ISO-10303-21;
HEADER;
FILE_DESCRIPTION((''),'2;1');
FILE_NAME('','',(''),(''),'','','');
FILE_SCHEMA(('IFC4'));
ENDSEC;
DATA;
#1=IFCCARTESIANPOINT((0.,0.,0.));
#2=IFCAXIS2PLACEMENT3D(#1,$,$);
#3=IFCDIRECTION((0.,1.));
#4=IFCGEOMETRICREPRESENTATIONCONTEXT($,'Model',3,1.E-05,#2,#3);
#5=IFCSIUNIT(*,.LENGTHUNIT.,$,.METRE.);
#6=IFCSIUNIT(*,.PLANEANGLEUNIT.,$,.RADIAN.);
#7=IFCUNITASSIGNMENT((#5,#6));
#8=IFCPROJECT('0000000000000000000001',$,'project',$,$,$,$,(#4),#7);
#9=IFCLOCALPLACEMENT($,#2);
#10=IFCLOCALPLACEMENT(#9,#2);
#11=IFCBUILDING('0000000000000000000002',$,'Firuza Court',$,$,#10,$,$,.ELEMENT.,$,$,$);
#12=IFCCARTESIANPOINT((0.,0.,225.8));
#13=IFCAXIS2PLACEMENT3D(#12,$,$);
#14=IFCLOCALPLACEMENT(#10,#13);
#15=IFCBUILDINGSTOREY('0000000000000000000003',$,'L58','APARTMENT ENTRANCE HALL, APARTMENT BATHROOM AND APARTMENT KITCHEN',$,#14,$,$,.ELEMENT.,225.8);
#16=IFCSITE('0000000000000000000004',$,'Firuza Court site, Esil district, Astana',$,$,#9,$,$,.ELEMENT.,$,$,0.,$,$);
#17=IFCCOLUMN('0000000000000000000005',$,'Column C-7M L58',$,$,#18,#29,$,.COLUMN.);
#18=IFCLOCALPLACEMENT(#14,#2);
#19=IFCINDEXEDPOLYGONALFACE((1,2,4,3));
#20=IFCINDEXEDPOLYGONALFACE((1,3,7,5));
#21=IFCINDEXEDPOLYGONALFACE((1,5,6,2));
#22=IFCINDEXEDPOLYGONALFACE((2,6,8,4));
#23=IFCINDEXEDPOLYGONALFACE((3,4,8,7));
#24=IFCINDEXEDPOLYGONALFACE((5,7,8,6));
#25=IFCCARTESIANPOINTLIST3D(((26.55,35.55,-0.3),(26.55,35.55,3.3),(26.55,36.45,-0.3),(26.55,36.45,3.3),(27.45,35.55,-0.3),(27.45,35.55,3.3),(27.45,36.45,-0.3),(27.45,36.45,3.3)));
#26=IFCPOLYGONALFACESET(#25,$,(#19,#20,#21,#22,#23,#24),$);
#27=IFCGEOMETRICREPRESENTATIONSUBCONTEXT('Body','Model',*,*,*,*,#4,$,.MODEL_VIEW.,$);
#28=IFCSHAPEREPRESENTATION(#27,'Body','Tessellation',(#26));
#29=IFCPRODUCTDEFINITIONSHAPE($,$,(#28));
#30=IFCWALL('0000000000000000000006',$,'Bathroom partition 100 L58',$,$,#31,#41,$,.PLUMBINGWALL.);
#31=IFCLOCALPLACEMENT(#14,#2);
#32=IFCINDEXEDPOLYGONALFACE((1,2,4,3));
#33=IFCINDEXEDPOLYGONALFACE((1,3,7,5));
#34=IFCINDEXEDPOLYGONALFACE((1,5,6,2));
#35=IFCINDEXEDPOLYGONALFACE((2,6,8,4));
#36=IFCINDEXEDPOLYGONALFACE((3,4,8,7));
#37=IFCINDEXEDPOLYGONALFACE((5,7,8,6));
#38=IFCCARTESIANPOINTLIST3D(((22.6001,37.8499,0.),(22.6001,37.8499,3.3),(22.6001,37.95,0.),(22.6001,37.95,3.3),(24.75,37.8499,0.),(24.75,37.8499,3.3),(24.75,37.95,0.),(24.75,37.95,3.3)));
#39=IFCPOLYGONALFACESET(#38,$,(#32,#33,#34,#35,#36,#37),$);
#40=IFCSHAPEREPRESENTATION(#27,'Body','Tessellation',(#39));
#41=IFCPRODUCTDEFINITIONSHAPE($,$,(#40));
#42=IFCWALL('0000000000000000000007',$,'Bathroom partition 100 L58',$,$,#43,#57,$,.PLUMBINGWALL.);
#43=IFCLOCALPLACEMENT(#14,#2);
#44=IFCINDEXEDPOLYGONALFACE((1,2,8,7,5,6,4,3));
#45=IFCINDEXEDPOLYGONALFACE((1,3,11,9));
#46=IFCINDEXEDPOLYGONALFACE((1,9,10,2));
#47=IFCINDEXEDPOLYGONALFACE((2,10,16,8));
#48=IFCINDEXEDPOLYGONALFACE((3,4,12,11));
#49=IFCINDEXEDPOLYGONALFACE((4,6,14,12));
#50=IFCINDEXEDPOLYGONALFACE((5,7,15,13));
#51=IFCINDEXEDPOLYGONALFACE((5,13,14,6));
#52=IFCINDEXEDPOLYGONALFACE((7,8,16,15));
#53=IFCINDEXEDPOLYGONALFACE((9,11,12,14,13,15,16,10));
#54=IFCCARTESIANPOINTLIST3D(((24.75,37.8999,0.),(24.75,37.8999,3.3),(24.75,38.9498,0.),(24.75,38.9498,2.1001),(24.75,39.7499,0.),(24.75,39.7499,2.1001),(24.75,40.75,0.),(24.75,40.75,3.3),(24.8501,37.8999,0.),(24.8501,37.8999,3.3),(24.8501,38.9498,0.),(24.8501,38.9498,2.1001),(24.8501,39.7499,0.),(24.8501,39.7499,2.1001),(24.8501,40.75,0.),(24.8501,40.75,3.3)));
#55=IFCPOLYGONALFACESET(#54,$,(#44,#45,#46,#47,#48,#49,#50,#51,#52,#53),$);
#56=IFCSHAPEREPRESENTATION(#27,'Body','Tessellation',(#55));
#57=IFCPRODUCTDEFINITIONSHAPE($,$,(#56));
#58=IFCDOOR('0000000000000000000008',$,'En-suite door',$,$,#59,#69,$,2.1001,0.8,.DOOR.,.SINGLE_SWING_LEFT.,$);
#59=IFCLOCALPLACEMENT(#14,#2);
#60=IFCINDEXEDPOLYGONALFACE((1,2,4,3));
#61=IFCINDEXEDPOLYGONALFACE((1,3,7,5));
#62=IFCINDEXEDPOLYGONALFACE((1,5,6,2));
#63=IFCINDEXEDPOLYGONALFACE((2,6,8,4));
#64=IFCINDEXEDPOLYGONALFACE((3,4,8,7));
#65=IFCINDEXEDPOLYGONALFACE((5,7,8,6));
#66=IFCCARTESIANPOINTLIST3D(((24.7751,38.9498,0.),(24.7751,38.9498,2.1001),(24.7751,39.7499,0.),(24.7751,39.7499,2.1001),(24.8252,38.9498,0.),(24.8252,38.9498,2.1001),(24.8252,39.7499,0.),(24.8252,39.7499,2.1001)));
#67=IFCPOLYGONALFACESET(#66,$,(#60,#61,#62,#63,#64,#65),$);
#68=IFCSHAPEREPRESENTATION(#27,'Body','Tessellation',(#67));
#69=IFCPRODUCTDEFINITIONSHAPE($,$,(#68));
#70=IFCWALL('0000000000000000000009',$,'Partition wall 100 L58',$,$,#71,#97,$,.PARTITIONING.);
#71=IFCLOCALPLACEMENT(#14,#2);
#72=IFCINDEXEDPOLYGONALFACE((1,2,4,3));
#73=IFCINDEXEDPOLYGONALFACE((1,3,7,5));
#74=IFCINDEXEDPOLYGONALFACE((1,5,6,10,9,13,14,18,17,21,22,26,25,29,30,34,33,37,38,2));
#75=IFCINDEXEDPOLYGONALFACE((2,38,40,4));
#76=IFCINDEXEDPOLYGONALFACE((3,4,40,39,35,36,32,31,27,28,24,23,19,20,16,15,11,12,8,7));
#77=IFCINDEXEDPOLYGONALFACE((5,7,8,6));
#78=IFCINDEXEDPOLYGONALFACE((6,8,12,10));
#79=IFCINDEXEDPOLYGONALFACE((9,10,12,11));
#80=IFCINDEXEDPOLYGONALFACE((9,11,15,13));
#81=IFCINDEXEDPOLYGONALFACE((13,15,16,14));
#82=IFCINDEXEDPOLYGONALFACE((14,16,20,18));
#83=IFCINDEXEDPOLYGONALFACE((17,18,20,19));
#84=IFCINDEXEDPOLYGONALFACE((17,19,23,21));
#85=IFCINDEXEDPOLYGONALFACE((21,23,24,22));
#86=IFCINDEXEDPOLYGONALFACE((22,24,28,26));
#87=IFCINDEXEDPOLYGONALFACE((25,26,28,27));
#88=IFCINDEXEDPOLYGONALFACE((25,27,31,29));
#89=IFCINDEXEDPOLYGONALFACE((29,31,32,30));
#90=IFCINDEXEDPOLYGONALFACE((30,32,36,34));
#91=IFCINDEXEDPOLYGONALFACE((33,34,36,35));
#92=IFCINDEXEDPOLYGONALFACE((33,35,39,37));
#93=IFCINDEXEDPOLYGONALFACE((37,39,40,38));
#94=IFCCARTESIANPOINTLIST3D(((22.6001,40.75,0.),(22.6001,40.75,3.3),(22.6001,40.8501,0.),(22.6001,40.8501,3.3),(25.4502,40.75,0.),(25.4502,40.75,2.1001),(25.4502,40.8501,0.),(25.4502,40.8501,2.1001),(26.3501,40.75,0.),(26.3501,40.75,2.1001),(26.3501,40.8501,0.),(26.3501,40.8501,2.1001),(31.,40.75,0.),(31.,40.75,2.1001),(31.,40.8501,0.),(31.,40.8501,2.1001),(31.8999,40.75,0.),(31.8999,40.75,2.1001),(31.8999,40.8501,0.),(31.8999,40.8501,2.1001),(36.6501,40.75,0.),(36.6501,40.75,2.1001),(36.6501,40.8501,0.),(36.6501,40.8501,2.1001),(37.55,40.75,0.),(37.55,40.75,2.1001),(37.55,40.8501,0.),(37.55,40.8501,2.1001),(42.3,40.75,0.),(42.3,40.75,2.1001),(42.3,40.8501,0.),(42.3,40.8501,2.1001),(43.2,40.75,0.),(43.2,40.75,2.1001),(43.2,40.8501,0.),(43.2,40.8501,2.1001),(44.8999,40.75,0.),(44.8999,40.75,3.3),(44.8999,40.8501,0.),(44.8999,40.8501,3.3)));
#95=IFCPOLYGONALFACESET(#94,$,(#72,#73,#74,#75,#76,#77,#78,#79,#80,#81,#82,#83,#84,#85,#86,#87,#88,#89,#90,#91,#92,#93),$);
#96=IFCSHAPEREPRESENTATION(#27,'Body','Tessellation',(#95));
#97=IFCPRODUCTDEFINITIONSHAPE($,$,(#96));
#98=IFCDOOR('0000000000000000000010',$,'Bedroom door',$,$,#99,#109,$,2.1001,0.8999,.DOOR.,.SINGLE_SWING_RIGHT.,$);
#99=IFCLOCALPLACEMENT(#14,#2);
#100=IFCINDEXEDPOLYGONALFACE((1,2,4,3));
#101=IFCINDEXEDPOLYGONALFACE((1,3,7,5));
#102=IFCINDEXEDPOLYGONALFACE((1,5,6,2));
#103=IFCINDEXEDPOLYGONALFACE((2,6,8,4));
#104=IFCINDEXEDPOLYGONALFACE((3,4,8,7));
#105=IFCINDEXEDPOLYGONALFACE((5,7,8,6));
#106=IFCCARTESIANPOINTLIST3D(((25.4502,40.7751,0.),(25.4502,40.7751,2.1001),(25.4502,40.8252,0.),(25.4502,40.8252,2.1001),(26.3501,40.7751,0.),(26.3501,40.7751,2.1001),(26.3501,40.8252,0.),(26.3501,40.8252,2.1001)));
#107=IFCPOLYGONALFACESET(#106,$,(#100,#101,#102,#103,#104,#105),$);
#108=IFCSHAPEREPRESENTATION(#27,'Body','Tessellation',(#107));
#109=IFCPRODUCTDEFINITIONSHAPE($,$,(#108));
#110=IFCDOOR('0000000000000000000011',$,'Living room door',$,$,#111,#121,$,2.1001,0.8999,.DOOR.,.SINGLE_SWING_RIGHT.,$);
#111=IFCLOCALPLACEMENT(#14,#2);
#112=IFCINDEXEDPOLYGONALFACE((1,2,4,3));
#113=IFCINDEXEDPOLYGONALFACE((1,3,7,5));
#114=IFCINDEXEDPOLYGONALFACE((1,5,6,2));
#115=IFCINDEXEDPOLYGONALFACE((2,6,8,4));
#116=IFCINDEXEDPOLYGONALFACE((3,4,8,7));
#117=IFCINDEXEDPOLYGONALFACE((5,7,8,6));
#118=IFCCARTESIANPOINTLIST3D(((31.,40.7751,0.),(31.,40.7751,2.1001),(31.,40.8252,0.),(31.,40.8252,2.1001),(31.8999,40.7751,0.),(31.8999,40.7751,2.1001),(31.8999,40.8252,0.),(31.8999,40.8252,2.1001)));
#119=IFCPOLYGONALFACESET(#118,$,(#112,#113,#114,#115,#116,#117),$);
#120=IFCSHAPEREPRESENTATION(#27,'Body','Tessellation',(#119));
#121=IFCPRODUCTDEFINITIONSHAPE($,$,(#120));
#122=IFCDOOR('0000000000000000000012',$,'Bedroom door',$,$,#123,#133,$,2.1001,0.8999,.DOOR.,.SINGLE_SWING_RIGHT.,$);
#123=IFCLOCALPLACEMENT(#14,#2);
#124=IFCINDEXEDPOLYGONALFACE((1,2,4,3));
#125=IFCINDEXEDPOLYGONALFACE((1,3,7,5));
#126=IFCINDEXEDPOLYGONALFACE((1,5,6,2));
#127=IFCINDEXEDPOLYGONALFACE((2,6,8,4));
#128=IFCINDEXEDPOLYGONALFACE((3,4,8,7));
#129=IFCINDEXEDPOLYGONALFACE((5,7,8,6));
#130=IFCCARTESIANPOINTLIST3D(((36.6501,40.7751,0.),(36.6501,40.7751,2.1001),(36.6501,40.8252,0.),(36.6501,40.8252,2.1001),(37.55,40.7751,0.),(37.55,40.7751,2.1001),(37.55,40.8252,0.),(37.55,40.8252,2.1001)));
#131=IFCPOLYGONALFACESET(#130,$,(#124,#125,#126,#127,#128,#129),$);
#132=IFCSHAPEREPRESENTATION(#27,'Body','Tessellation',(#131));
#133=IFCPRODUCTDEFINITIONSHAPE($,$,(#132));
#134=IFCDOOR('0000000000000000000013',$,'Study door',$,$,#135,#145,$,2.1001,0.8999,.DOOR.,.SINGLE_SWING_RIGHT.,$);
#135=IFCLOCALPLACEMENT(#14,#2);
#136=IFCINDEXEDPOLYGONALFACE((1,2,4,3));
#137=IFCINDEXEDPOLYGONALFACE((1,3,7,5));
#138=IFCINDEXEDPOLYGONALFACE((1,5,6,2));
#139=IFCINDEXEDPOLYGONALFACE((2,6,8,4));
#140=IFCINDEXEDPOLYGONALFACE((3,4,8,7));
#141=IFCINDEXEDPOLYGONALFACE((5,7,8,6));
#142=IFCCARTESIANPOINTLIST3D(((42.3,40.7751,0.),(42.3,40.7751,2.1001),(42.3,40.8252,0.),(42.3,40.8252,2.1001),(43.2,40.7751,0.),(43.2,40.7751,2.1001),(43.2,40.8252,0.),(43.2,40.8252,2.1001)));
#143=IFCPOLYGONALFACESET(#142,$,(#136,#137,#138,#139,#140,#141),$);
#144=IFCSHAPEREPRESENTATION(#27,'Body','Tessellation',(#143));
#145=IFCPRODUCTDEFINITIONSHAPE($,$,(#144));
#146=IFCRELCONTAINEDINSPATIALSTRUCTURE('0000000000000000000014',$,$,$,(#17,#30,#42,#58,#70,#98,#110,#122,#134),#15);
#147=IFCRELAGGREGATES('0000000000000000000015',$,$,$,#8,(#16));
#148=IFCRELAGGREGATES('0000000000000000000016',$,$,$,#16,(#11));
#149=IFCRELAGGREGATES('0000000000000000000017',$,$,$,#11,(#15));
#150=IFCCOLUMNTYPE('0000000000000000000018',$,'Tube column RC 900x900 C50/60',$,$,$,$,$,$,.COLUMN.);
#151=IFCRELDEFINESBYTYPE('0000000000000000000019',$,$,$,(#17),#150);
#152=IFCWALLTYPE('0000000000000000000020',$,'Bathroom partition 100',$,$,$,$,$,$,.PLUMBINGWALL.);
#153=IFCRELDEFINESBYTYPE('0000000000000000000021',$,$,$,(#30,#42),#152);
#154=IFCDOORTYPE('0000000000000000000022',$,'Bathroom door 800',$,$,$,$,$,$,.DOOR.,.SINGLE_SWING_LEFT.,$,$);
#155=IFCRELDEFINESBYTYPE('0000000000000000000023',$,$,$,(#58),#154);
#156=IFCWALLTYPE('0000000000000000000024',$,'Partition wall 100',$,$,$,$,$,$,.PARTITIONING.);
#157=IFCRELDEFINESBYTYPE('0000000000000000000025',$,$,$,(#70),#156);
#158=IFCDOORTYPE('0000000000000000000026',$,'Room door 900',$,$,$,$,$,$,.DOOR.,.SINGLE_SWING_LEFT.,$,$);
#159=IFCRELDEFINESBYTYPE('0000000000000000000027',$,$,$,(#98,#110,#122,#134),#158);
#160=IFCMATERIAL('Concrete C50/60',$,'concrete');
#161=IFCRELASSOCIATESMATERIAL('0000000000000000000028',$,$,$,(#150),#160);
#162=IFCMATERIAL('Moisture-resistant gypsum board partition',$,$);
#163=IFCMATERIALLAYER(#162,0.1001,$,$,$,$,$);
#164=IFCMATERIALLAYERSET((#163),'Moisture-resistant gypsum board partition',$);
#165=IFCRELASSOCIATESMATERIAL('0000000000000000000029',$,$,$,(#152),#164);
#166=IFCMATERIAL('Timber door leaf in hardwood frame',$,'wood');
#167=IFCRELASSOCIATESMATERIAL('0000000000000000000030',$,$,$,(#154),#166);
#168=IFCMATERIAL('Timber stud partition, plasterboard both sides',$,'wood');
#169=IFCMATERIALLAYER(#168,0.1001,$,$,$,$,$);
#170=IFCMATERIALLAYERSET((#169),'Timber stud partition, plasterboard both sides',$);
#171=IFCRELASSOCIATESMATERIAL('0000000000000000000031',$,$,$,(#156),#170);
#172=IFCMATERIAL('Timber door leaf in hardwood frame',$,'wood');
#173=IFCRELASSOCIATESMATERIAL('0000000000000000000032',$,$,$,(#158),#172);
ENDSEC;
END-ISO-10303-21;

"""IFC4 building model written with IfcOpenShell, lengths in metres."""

from ifc_helpers import new_model, si_unit, direction, frame, frame_2d, origin, origin_2d, place, context, subcontext, project, spatial, rectangle, extrude, material, layer, layer_set, material_profile, profile_set, type_object, element, fill, save


model = new_model("IFC4")

# Units and contexts
model_context = context("Model", 3, precision=1e-05, world=origin(), true_north=direction((0.0, 1.0)))
body_context = subcontext(model_context, "Body", "Model", "MODEL_VIEW")
ifc_project = project(units=[si_unit("LENGTHUNIT", "METRE"), si_unit("PLANEANGLEUNIT", "RADIAN")], contexts=[model_context])

# Site, building, storey
site_placement = place(None, origin())
site = spatial("IfcSite", under=ifc_project, at=site_placement, Name="Firuza Court site, Esil district, Astana", CompositionType="ELEMENT", RefElevation=0.0)
building_placement = place(site_placement, origin())
building = spatial("IfcBuilding", under=site, at=building_placement, Name="Firuza Court", CompositionType="ELEMENT")
storey_placement = place(building_placement, frame((0.0, 0.0, 225.8)))
storey = spatial("IfcBuildingStorey", under=building, at=storey_placement, Name="L58", Description="APARTMENT ENTRANCE HALL, APARTMENT BATHROOM AND APARTMENT KITCHEN", CompositionType="ELEMENT", Elevation=225.8)

# Column
ifc_material_1 = material(Name="Concrete C50/60", Category="concrete")
ifc_material_profile = material_profile(ifc_material_1, rectangle(XDim=0.8999, YDim=0.8999, at=origin_2d()), Name="RC 900x900")
ifc_profile_set = profile_set([ifc_material_profile], Name="Concrete C50/60")
column_type = type_object("IfcColumnType", Name="Tube column RC 900x900 C50/60", PredefinedType="COLUMN", material=ifc_profile_set)
column_placement = place(storey_placement, frame((27.0, 36.0, -0.3), z_axis=(0.0, 0.0, 1.0), x_axis=(1.0, 0.0, 0.0)))
element("IfcColumn", 1, at=column_placement, inside=storey, type_object=column_type, Name="Column C-7M L58", PredefinedType="COLUMN", context=body_context, shape_type="SweptSolid", body=[
    extrude(rectangle(XDim=0.8999, YDim=0.8999, at=origin_2d()), origin(), (0.0, 0.0, 1.0), 3.6001),
])

# Wall
ifc_material_2 = material(Name="Moisture-resistant gypsum board partition")
ifc_layer_1 = layer(ifc_material_2, 0.1001)
ifc_layer_set_1 = layer_set([ifc_layer_1], Name="Moisture-resistant gypsum board partition")
wall_type_1 = type_object("IfcWallType", Name="Bathroom partition 100", PredefinedType="PLUMBINGWALL", material=ifc_layer_set_1)
wall_1_placement = place(storey_placement, frame((22.6001, 37.8999, 0.0), z_axis=(0.0, 0.0, 1.0), x_axis=(1.0, 0.0, 0.0)))
element("IfcWall", 2, at=wall_1_placement, inside=storey, type_object=wall_type_1, Name="Bathroom partition 100 L58", PredefinedType="PLUMBINGWALL", context=body_context, shape_type="SweptSolid", body=[
    extrude(rectangle(XDim=2.1499, YDim=0.1001, at=frame_2d((1.075, 0.0))), origin(), (0.0, 0.0, 1.0), 3.3),
])

# Wall, opening, door
wall_2_placement = place(storey_placement, frame((24.8, 37.8999, 0.0), z_axis=(0.0, 0.0, 1.0), x_axis=(0.0, 1.0, 0.0)))
wall_2 = element("IfcWall", 3, at=wall_2_placement, inside=storey, type_object=wall_type_1, Name="Bathroom partition 100 L58", PredefinedType="PLUMBINGWALL", context=body_context, shape_type="SweptSolid", body=[
    extrude(rectangle(XDim=2.8501, YDim=0.1001, at=frame_2d((1.425, 0.0))), origin(), (0.0, 0.0, 1.0), 3.3),
])
opening_1_placement = place(wall_2_placement, frame((1.05, 0.0, 0.0)))
opening_1 = element("IfcOpeningElement", 4, at=opening_1_placement, cuts=wall_2, PredefinedType="OPENING", context=body_context, shape_type="SweptSolid", body=[
    extrude(rectangle(XDim=0.8, YDim=2.1001, at=frame_2d((0.3999, 1.05))), frame((0.0, 0.062, 0.0), z_axis=(0.0, -1.0, 0.0), x_axis=(1.0, 0.0, 0.0)), (0.0, 0.0, 1.0), 0.124),
])
ifc_material_3 = material(Name="Timber door leaf in hardwood frame", Category="wood")
door_type_1 = type_object("IfcDoorType", Name="Bathroom door 800", OperationType="SINGLE_SWING_LEFT", PredefinedType="DOOR", material=ifc_material_3)
door_1_placement = place(opening_1_placement, origin())
door_1 = element("IfcDoor", 5, at=door_1_placement, inside=storey, type_object=door_type_1, Name="En-suite door", OperationType="SINGLE_SWING_LEFT", OverallHeight=2.1001, OverallWidth=0.8, PredefinedType="DOOR", context=body_context, shape_type="SweptSolid", body=[
    extrude(rectangle(XDim=0.8, YDim=2.1001, at=frame_2d((0.3999, 1.05))), frame((0.0, 0.0249, 0.0), z_axis=(0.0, -1.0, 0.0), x_axis=(1.0, 0.0, 0.0)), (0.0, 0.0, 1.0), 0.05),
])
fill(opening_1, door_1)

# Wall, openings, doors
ifc_material_4 = material(Name="Timber stud partition, plasterboard both sides", Category="wood")
ifc_layer_2 = layer(ifc_material_4, 0.1001)
ifc_layer_set_2 = layer_set([ifc_layer_2], Name="Timber stud partition, plasterboard both sides")
wall_type_2 = type_object("IfcWallType", Name="Partition wall 100", PredefinedType="PARTITIONING", material=ifc_layer_set_2)
wall_3_placement = place(storey_placement, frame((22.6001, 40.8, 0.0), z_axis=(0.0, 0.0, 1.0), x_axis=(1.0, 0.0, 0.0)))
wall_3 = element("IfcWall", 6, at=wall_3_placement, inside=storey, type_object=wall_type_2, Name="Partition wall 100 L58", PredefinedType="PARTITIONING", context=body_context, shape_type="SweptSolid", body=[
    extrude(rectangle(XDim=22.2998, YDim=0.1001, at=frame_2d((11.1499, 0.0))), origin(), (0.0, 0.0, 1.0), 3.3),
])
opening_2_placement = place(wall_3_placement, frame((2.8501, 0.0, 0.0)))
opening_2 = element("IfcOpeningElement", 7, at=opening_2_placement, cuts=wall_3, PredefinedType="OPENING", context=body_context, shape_type="SweptSolid", body=[
    extrude(rectangle(XDim=0.8999, YDim=2.1001, at=frame_2d((0.45, 1.05))), frame((0.0, 0.062, 0.0), z_axis=(0.0, -1.0, 0.0), x_axis=(1.0, 0.0, 0.0)), (0.0, 0.0, 1.0), 0.124),
])
opening_3_placement = place(wall_3_placement, frame((8.3999, 0.0, 0.0)))
opening_3 = element("IfcOpeningElement", 8, at=opening_3_placement, cuts=wall_3, PredefinedType="OPENING", context=body_context, shape_type="SweptSolid", body=[
    extrude(rectangle(XDim=0.8999, YDim=2.1001, at=frame_2d((0.45, 1.05))), frame((0.0, 0.062, 0.0), z_axis=(0.0, -1.0, 0.0), x_axis=(1.0, 0.0, 0.0)), (0.0, 0.0, 1.0), 0.124),
])
opening_4_placement = place(wall_3_placement, frame((14.05, 0.0, 0.0)))
opening_4 = element("IfcOpeningElement", 9, at=opening_4_placement, cuts=wall_3, PredefinedType="OPENING", context=body_context, shape_type="SweptSolid", body=[
    extrude(rectangle(XDim=0.8999, YDim=2.1001, at=frame_2d((0.45, 1.05))), frame((0.0, 0.062, 0.0), z_axis=(0.0, -1.0, 0.0), x_axis=(1.0, 0.0, 0.0)), (0.0, 0.0, 1.0), 0.124),
])
opening_5_placement = place(wall_3_placement, frame((19.7, 0.0, 0.0)))
opening_5 = element("IfcOpeningElement", 10, at=opening_5_placement, cuts=wall_3, PredefinedType="OPENING", context=body_context, shape_type="SweptSolid", body=[
    extrude(rectangle(XDim=0.8999, YDim=2.1001, at=frame_2d((0.45, 1.05))), frame((0.0, 0.062, 0.0), z_axis=(0.0, -1.0, 0.0), x_axis=(1.0, 0.0, 0.0)), (0.0, 0.0, 1.0), 0.124),
])
ifc_material_5 = material(Name="Timber door leaf in hardwood frame", Category="wood")
door_type_2 = type_object("IfcDoorType", Name="Room door 900", OperationType="SINGLE_SWING_LEFT", PredefinedType="DOOR", material=ifc_material_5)
door_2_placement = place(opening_2_placement, frame((0.8999, 0.0, 0.0), z_axis=(0.0, 0.0, 1.0), x_axis=(-1.0, 0.0, 0.0)))
door_2 = element("IfcDoor", 11, at=door_2_placement, inside=storey, type_object=door_type_2, Name="Bedroom door", OperationType="SINGLE_SWING_RIGHT", OverallHeight=2.1001, OverallWidth=0.8999, PredefinedType="DOOR", context=body_context, shape_type="SweptSolid", body=[
    extrude(rectangle(XDim=0.8999, YDim=2.1001, at=frame_2d((0.45, 1.05))), frame((0.0, 0.0249, 0.0), z_axis=(0.0, -1.0, 0.0), x_axis=(1.0, 0.0, 0.0)), (0.0, 0.0, 1.0), 0.05),
])
fill(opening_2, door_2)
door_3_placement = place(opening_3_placement, frame((0.8999, 0.0, 0.0), z_axis=(0.0, 0.0, 1.0), x_axis=(-1.0, 0.0, 0.0)))
door_3 = element("IfcDoor", 12, at=door_3_placement, inside=storey, type_object=door_type_2, Name="Living room door", OperationType="SINGLE_SWING_RIGHT", OverallHeight=2.1001, OverallWidth=0.8999, PredefinedType="DOOR", context=body_context, shape_type="SweptSolid", body=[
    extrude(rectangle(XDim=0.8999, YDim=2.1001, at=frame_2d((0.45, 1.05))), frame((0.0, 0.0249, 0.0), z_axis=(0.0, -1.0, 0.0), x_axis=(1.0, 0.0, 0.0)), (0.0, 0.0, 1.0), 0.05),
])
fill(opening_3, door_3)
door_4_placement = place(opening_4_placement, frame((0.8999, 0.0, 0.0), z_axis=(0.0, 0.0, 1.0), x_axis=(-1.0, 0.0, 0.0)))
door_4 = element("IfcDoor", 13, at=door_4_placement, inside=storey, type_object=door_type_2, Name="Bedroom door", OperationType="SINGLE_SWING_RIGHT", OverallHeight=2.1001, OverallWidth=0.8999, PredefinedType="DOOR", context=body_context, shape_type="SweptSolid", body=[
    extrude(rectangle(XDim=0.8999, YDim=2.1001, at=frame_2d((0.45, 1.05))), frame((0.0, 0.0249, 0.0), z_axis=(0.0, -1.0, 0.0), x_axis=(1.0, 0.0, 0.0)), (0.0, 0.0, 1.0), 0.05),
])
fill(opening_4, door_4)
door_5_placement = place(opening_5_placement, frame((0.8999, 0.0, 0.0), z_axis=(0.0, 0.0, 1.0), x_axis=(-1.0, 0.0, 0.0)))
door_5 = element("IfcDoor", 14, at=door_5_placement, inside=storey, type_object=door_type_2, Name="Study door", OperationType="SINGLE_SWING_RIGHT", OverallHeight=2.1001, OverallWidth=0.8999, PredefinedType="DOOR", context=body_context, shape_type="SweptSolid", body=[
    extrude(rectangle(XDim=0.8999, YDim=2.1001, at=frame_2d((0.45, 1.05))), frame((0.0, 0.0249, 0.0), z_axis=(0.0, -1.0, 0.0), x_axis=(1.0, 0.0, 0.0)), (0.0, 0.0, 1.0), 0.05),
])
fill(opening_5, door_5)

save(model, "model.ifc")
